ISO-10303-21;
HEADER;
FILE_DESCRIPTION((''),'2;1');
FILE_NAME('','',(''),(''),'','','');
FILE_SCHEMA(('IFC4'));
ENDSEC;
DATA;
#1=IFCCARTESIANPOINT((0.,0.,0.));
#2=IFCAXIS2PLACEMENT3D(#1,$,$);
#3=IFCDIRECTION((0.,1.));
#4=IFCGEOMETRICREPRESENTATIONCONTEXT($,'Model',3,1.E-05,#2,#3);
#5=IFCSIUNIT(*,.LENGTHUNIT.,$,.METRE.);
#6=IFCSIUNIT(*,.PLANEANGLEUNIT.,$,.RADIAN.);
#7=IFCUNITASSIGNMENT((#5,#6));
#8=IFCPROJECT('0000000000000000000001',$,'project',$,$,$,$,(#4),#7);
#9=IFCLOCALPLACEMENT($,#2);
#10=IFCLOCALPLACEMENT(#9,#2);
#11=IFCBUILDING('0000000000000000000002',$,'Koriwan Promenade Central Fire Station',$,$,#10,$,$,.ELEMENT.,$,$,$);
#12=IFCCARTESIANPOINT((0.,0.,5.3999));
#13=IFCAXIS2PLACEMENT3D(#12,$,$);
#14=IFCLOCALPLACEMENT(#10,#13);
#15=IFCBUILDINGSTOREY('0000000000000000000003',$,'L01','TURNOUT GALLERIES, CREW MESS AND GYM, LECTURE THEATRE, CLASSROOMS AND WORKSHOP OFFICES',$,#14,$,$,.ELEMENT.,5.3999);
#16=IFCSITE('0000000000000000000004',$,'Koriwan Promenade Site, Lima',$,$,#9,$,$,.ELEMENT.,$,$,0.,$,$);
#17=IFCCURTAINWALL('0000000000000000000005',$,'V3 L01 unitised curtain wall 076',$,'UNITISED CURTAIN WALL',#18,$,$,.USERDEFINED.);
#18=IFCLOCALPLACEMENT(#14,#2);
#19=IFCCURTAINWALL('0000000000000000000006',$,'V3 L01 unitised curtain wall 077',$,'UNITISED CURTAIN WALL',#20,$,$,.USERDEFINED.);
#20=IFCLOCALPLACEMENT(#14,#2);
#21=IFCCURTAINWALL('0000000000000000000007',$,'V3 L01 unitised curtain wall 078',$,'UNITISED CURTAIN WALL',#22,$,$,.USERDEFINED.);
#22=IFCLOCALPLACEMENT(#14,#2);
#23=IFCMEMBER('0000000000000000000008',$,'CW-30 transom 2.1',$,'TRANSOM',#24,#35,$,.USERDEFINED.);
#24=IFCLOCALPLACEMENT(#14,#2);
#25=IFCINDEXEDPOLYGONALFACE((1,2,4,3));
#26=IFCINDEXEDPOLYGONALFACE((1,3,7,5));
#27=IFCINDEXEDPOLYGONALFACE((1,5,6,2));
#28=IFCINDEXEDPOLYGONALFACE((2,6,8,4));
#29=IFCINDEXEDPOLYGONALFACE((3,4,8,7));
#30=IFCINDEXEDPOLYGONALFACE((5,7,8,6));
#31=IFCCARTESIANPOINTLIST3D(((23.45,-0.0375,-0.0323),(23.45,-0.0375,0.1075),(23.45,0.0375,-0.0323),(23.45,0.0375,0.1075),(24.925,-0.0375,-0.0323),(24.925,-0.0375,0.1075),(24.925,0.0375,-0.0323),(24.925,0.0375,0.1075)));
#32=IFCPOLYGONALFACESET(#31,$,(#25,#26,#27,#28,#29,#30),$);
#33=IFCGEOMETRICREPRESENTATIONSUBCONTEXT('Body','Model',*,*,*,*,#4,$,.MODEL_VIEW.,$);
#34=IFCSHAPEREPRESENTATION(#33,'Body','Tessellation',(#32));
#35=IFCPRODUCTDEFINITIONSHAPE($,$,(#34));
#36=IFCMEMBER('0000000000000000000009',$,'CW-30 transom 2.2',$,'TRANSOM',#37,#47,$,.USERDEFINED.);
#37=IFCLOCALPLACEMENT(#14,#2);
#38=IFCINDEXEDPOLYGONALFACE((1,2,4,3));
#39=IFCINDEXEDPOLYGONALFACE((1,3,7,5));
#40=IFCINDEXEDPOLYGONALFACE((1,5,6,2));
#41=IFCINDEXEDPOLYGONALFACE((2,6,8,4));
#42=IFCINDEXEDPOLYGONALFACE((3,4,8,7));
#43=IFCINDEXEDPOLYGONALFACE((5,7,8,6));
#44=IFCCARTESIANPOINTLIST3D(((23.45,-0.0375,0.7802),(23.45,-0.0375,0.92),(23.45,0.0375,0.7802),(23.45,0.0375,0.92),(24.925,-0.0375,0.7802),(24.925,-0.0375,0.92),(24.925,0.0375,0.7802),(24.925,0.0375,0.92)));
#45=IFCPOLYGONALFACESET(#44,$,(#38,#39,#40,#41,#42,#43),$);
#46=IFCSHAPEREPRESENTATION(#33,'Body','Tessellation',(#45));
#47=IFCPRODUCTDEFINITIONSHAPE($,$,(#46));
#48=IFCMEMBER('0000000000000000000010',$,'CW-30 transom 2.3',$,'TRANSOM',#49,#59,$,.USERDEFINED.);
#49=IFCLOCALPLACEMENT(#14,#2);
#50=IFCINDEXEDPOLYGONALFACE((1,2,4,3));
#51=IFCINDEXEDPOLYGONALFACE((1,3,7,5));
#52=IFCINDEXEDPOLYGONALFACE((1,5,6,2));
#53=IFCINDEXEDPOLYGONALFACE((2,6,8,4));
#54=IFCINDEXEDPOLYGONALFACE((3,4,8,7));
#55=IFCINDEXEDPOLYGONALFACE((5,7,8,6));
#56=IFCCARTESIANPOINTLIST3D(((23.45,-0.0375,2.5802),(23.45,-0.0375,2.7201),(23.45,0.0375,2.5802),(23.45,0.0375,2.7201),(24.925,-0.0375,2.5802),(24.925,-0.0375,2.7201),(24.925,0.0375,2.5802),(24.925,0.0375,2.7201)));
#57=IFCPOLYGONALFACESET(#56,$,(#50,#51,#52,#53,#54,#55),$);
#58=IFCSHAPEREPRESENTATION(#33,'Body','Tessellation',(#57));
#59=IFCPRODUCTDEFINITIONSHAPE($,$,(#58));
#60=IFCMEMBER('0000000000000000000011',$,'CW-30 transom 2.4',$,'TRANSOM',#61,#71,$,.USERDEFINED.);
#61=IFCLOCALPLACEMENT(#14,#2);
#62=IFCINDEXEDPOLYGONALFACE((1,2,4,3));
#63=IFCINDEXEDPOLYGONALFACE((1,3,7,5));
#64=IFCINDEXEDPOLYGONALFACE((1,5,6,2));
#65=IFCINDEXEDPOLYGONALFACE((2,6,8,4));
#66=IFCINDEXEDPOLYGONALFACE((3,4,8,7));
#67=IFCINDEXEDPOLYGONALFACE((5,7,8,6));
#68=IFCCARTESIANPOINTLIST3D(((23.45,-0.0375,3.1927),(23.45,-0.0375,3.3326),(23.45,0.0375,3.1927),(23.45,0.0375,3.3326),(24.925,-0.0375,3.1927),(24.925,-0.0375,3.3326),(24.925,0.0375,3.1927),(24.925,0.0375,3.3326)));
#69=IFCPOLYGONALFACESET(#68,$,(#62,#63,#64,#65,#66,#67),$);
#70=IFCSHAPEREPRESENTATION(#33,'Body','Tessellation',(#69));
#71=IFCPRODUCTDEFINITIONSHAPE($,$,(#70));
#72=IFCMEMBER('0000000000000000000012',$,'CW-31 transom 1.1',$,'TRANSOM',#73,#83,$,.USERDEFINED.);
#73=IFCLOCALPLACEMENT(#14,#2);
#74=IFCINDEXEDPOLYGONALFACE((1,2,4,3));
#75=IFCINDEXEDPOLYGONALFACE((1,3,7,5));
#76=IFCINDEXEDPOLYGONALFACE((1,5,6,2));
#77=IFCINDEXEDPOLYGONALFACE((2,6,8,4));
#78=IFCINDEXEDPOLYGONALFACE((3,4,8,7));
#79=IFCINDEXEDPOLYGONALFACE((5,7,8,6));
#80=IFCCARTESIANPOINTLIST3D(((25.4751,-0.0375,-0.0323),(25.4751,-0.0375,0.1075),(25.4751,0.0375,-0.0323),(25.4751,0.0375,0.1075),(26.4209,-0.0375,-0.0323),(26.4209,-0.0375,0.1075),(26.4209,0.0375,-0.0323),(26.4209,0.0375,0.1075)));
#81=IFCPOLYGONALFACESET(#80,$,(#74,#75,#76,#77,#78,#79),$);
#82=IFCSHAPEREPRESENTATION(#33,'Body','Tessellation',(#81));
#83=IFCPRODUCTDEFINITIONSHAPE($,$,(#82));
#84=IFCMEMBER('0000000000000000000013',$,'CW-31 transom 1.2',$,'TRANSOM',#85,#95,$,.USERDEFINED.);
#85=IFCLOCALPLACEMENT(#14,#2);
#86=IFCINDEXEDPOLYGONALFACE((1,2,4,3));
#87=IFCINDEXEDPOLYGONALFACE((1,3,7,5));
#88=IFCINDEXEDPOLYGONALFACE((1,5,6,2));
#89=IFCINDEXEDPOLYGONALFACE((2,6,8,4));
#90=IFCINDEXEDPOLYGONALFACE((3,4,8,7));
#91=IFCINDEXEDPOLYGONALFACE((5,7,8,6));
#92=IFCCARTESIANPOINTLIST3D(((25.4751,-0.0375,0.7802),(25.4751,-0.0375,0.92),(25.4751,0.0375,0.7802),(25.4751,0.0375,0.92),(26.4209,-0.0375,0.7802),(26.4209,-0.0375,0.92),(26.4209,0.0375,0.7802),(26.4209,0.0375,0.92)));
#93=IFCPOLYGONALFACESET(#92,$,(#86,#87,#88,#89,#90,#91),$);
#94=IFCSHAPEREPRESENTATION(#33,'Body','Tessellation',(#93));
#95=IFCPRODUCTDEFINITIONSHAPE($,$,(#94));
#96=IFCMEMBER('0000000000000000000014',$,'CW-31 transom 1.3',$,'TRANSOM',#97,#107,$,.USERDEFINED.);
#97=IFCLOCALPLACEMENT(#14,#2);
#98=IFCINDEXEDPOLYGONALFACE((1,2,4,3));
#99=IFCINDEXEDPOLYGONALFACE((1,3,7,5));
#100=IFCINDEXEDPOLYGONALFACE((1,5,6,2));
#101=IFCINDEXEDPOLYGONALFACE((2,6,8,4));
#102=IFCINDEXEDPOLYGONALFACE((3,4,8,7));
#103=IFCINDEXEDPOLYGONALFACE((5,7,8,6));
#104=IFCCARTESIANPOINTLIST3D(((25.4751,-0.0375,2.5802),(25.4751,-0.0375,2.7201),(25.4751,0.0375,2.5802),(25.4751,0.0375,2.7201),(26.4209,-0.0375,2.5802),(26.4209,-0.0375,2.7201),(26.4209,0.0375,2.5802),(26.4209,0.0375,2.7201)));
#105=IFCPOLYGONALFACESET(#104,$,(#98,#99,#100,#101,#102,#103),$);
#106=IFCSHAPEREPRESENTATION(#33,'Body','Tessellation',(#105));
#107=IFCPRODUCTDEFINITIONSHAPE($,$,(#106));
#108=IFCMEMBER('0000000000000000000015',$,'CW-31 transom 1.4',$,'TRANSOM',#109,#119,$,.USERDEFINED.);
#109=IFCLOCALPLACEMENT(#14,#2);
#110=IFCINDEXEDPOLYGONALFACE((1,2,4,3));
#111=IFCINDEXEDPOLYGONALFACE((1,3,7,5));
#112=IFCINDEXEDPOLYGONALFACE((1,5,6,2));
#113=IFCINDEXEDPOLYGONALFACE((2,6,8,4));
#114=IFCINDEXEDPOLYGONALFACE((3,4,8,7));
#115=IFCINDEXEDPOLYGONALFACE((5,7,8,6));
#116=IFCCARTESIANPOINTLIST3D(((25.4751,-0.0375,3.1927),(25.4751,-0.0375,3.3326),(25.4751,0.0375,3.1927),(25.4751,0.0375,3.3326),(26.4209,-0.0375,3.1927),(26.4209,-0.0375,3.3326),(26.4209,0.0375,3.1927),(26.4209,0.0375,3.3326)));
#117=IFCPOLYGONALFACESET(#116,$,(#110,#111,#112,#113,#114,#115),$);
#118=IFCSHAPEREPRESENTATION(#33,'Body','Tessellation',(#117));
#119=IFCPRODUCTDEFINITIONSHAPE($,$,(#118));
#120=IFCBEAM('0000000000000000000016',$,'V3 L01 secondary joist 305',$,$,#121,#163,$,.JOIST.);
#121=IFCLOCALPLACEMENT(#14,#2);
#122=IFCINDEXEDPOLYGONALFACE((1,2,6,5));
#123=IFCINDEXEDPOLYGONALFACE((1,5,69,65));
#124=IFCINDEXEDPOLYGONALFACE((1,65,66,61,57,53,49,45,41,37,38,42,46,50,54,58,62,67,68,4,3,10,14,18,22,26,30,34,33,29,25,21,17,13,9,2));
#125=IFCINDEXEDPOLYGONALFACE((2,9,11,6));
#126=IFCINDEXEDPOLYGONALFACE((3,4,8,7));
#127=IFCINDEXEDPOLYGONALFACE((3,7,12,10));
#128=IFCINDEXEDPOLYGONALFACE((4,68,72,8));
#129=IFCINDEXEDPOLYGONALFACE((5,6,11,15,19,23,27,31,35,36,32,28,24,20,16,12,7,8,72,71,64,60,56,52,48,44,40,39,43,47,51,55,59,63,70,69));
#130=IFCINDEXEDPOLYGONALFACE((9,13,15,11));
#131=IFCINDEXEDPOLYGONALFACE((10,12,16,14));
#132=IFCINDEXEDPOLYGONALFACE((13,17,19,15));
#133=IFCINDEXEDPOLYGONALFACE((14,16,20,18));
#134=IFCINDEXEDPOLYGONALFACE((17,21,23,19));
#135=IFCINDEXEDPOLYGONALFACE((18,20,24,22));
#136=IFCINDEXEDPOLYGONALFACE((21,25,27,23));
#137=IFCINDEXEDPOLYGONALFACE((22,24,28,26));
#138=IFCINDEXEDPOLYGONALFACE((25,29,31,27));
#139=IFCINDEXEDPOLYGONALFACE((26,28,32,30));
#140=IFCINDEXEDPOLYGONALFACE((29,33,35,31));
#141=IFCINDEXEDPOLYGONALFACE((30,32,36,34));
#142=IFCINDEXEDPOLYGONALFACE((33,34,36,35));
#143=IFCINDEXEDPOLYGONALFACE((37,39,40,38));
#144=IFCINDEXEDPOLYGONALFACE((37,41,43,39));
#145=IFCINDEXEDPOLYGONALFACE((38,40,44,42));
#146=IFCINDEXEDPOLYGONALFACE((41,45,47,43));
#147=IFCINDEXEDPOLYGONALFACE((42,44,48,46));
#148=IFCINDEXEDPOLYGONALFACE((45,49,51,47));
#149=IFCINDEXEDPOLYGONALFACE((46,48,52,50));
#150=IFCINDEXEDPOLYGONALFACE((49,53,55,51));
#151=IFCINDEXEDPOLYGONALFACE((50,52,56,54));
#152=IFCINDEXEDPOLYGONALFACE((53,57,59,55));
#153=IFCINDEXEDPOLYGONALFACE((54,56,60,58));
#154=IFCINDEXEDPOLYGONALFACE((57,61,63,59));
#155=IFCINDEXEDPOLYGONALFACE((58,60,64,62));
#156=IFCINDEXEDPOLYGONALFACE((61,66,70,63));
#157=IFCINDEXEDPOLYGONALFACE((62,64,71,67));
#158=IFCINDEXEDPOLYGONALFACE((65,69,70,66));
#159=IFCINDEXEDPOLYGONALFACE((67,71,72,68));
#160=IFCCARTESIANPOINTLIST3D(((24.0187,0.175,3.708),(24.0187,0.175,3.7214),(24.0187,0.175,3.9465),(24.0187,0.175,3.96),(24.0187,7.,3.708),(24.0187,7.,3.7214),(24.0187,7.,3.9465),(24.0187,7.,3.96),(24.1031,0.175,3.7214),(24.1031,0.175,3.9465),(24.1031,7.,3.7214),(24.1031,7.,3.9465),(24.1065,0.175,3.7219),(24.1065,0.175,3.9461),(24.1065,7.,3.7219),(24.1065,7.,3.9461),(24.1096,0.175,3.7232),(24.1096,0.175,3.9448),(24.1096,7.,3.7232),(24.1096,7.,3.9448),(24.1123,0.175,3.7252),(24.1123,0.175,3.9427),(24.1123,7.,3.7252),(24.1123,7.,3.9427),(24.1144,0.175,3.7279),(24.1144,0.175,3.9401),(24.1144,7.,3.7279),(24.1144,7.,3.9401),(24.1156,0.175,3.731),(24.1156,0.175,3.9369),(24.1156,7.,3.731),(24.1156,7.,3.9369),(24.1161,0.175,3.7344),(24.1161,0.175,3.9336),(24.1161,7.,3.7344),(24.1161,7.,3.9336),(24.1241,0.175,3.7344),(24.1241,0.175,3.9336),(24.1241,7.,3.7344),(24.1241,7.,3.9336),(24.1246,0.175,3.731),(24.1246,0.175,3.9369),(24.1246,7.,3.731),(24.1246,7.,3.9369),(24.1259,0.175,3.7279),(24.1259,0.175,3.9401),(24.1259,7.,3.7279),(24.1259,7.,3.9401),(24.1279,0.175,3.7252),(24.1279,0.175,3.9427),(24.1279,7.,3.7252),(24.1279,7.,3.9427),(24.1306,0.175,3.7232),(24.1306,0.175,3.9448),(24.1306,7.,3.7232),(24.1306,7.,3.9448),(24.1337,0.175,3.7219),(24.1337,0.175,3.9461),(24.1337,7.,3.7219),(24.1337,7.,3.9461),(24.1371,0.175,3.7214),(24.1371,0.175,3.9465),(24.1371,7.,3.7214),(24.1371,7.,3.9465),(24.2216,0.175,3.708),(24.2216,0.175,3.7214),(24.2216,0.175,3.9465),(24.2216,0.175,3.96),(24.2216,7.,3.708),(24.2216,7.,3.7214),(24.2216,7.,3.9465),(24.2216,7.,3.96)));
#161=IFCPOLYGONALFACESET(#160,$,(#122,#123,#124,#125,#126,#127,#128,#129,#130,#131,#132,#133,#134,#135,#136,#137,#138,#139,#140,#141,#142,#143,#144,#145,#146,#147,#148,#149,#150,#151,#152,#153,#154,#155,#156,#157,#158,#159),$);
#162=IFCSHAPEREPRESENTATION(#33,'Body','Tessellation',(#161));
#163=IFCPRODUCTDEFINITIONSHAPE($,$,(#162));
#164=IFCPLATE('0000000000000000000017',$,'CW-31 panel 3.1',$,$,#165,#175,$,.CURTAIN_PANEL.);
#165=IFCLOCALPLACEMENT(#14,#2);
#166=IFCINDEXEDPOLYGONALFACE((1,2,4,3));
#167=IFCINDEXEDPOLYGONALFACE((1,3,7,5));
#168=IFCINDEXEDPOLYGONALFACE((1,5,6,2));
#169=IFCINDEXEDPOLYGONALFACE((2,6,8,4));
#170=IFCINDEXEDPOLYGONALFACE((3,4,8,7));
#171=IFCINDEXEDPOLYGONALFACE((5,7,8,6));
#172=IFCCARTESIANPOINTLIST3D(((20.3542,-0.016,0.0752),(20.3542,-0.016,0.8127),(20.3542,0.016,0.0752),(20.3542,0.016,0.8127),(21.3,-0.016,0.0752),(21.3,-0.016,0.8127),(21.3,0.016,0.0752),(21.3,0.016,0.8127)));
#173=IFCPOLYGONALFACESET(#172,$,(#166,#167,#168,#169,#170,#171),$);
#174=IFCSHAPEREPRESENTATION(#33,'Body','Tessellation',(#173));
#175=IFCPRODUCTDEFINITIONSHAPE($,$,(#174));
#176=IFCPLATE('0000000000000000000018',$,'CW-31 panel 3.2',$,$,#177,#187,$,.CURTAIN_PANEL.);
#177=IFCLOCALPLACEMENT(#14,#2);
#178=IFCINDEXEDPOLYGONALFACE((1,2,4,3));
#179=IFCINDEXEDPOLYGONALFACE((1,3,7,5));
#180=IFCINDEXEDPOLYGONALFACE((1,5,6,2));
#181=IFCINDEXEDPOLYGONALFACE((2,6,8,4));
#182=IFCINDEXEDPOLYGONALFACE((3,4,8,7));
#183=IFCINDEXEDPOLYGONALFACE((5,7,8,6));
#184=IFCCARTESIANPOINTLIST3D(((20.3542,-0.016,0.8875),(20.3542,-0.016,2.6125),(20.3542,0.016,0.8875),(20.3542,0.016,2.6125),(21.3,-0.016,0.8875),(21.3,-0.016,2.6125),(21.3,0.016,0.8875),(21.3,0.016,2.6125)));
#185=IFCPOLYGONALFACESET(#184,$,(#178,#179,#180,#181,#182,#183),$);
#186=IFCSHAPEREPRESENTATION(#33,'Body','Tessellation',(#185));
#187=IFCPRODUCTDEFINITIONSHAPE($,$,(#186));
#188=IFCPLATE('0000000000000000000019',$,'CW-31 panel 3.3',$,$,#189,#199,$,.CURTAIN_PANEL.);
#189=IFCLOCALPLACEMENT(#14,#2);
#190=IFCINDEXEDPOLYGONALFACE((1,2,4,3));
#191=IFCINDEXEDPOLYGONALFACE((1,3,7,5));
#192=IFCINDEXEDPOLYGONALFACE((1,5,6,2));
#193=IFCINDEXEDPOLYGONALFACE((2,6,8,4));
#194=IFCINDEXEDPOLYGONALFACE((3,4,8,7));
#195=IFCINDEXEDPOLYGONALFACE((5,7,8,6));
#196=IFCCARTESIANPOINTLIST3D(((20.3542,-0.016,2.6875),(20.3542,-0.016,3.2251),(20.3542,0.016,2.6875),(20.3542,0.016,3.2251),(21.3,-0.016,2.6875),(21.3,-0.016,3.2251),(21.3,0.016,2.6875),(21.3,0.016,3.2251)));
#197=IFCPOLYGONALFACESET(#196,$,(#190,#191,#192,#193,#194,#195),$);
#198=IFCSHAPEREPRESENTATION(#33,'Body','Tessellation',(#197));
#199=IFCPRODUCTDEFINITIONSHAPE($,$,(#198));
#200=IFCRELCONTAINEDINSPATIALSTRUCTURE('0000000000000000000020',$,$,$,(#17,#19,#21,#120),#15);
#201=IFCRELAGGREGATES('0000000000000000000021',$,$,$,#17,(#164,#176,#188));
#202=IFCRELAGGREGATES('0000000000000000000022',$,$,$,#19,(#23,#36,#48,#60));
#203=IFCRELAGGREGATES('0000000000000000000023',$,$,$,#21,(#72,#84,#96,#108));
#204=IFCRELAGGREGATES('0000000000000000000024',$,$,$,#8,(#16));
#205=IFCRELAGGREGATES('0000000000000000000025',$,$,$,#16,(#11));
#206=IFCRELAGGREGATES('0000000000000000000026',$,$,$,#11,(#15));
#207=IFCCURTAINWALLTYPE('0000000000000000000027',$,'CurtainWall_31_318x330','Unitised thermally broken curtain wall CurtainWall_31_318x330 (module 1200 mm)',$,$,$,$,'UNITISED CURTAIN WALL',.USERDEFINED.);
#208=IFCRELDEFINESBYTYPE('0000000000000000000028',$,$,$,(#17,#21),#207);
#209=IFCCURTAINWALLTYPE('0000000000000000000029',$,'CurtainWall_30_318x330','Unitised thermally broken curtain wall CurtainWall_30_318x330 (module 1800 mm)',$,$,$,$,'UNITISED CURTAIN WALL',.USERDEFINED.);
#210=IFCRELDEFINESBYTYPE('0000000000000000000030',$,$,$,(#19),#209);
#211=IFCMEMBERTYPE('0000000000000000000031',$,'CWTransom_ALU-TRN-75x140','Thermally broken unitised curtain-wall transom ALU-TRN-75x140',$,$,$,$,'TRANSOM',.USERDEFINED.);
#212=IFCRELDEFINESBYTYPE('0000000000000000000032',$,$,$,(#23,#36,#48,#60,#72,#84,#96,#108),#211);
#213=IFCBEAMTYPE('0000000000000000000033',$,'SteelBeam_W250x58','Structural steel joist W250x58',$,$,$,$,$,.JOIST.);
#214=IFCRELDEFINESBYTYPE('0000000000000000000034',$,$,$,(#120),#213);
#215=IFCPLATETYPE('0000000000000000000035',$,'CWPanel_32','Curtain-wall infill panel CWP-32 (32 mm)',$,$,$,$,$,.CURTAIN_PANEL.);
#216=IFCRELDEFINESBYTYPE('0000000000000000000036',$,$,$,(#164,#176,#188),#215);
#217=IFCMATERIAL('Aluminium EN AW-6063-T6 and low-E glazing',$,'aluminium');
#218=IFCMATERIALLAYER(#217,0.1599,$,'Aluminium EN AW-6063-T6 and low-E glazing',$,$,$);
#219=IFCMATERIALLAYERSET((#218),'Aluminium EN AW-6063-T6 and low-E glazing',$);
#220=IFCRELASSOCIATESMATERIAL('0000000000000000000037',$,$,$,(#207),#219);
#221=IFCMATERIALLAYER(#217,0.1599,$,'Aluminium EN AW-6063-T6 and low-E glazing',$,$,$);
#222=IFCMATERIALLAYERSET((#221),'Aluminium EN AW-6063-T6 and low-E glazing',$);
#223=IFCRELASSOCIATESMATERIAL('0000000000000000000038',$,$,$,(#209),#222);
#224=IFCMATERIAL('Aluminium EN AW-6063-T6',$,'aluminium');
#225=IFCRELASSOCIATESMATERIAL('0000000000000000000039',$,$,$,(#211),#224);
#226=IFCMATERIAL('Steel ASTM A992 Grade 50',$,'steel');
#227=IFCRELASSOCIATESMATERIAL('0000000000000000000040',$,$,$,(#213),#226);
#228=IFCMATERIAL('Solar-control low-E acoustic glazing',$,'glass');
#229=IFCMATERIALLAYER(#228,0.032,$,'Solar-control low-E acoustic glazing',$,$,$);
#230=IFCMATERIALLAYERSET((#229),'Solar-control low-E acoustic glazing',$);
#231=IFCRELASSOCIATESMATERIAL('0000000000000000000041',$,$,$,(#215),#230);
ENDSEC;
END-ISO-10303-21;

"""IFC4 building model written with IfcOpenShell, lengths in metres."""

from ifc_helpers import new_model, si_unit, direction, frame, origin, origin_2d, place, context, subcontext, project, spatial, rectangle, i_section, extrude, material, layer, layer_set, material_profile, profile_set, type_object, element, aggregate, save


model = new_model("IFC4")

# Units and contexts
model_context = context("Model", 3, precision=1e-05, world=origin(), true_north=direction((0.0, 1.0)))
body_context = subcontext(model_context, "Body", "Model", "MODEL_VIEW")
ifc_project = project(units=[si_unit("LENGTHUNIT", "METRE"), si_unit("PLANEANGLEUNIT", "RADIAN")], contexts=[model_context])

# Site, building, storey
site_placement = place(None, origin())
site = spatial("IfcSite", under=ifc_project, at=site_placement, Name="Koriwan Promenade Site, Lima", CompositionType="ELEMENT", RefElevation=0.0)
building_placement = place(site_placement, origin())
building = spatial("IfcBuilding", under=site, at=building_placement, Name="Koriwan Promenade Central Fire Station", CompositionType="ELEMENT")
storey_placement = place(building_placement, frame((0.0, 0.0, 5.3999)))
storey = spatial("IfcBuildingStorey", under=building, at=storey_placement, Name="L01", Description="TURNOUT GALLERIES, CREW MESS AND GYM, LECTURE THEATRE, CLASSROOMS AND WORKSHOP OFFICES", CompositionType="ELEMENT", Elevation=5.3999)

# Curtain wall
ifc_material_1 = material(Name="Aluminium EN AW-6063-T6 and low-E glazing", Category="aluminium")
ifc_layer_1 = layer(ifc_material_1, 0.1599, Name="Aluminium EN AW-6063-T6 and low-E glazing")
ifc_layer_set_1 = layer_set([ifc_layer_1], Name="Aluminium EN AW-6063-T6 and low-E glazing")
curtain_wall_type_1 = type_object("IfcCurtainWallType", Name="CurtainWall_31_318x330", Description="Unitised thermally broken curtain wall CurtainWall_31_318x330 (module 1200 mm)", ElementType="UNITISED CURTAIN WALL", PredefinedType="USERDEFINED", material=ifc_layer_set_1)
curtain_wall_1_placement = place(storey_placement, origin())
curtain_wall_1 = element("IfcCurtainWall", 1, at=curtain_wall_1_placement, inside=storey, type_object=curtain_wall_type_1, Name="V3 L01 unitised curtain wall 076", ObjectType="UNITISED CURTAIN WALL", PredefinedType="USERDEFINED")
ifc_material_2 = material(Name="Aluminium EN AW-6063-T6", Category="aluminium")

# Curtain wall
ifc_layer_2 = layer(ifc_material_1, 0.1599, Name="Aluminium EN AW-6063-T6 and low-E glazing")
ifc_layer_set_2 = layer_set([ifc_layer_2], Name="Aluminium EN AW-6063-T6 and low-E glazing")
curtain_wall_type_2 = type_object("IfcCurtainWallType", Name="CurtainWall_30_318x330", Description="Unitised thermally broken curtain wall CurtainWall_30_318x330 (module 1800 mm)", ElementType="UNITISED CURTAIN WALL", PredefinedType="USERDEFINED", material=ifc_layer_set_2)
curtain_wall_2_placement = place(storey_placement, origin())
curtain_wall_2 = element("IfcCurtainWall", 2, at=curtain_wall_2_placement, inside=storey, type_object=curtain_wall_type_2, Name="V3 L01 unitised curtain wall 077", ObjectType="UNITISED CURTAIN WALL", PredefinedType="USERDEFINED")

# Curtain wall
curtain_wall_3_placement = place(storey_placement, origin())
curtain_wall_3 = element("IfcCurtainWall", 3, at=curtain_wall_3_placement, inside=storey, type_object=curtain_wall_type_1, Name="V3 L01 unitised curtain wall 078", ObjectType="UNITISED CURTAIN WALL", PredefinedType="USERDEFINED")

# Members
ifc_material_profile_1 = material_profile(ifc_material_2, rectangle(XDim=0.075, YDim=0.1399, at=origin_2d()), Name="ALU-TRN-75x140")
ifc_profile_set_1 = profile_set([ifc_material_profile_1], Name="Aluminium EN AW-6063-T6")
member_type_1 = type_object("IfcMemberType", Name="CWTransom_ALU-TRN-75x140", Description="Thermally broken unitised curtain-wall transom ALU-TRN-75x140", ElementType="TRANSOM", PredefinedType="USERDEFINED", material=ifc_profile_set_1)
member_1_placement = place(storey_placement, frame((23.45, 0.0, 0.0376), z_axis=(1.0, 0.0, 0.0), x_axis=(0.0, 1.0, 0.0)))
member_1 = element("IfcMember", 4, at=member_1_placement, type_object=member_type_1, Name="CW-30 transom 2.1", ObjectType="TRANSOM", PredefinedType="USERDEFINED", context=body_context, shape_type="SweptSolid", body=[
    extrude(rectangle(XDim=0.075, YDim=0.1399, at=origin_2d()), origin(), (0.0, 0.0, 1.0), 1.4751),
])
member_2_placement = place(storey_placement, frame((23.45, 0.0, 0.8501), z_axis=(1.0, 0.0, 0.0), x_axis=(0.0, 1.0, 0.0)))
member_2 = element("IfcMember", 5, at=member_2_placement, type_object=member_type_1, Name="CW-30 transom 2.2", ObjectType="TRANSOM", PredefinedType="USERDEFINED", context=body_context, shape_type="SweptSolid", body=[
    extrude(rectangle(XDim=0.075, YDim=0.1399, at=origin_2d()), origin(), (0.0, 0.0, 1.0), 1.4751),
])
member_3_placement = place(storey_placement, frame((23.45, 0.0, 2.6501), z_axis=(1.0, 0.0, 0.0), x_axis=(0.0, 1.0, 0.0)))
member_3 = element("IfcMember", 6, at=member_3_placement, type_object=member_type_1, Name="CW-30 transom 2.3", ObjectType="TRANSOM", PredefinedType="USERDEFINED", context=body_context, shape_type="SweptSolid", body=[
    extrude(rectangle(XDim=0.075, YDim=0.1399, at=origin_2d()), origin(), (0.0, 0.0, 1.0), 1.4751),
])
member_4_placement = place(storey_placement, frame((23.45, 0.0, 3.2627), z_axis=(1.0, 0.0, 0.0), x_axis=(0.0, 1.0, 0.0)))
member_4 = element("IfcMember", 7, at=member_4_placement, type_object=member_type_1, Name="CW-30 transom 2.4", ObjectType="TRANSOM", PredefinedType="USERDEFINED", context=body_context, shape_type="SweptSolid", body=[
    extrude(rectangle(XDim=0.075, YDim=0.1399, at=origin_2d()), origin(), (0.0, 0.0, 1.0), 1.4751),
])
member_5_placement = place(storey_placement, frame((25.4751, 0.0, 0.0376), z_axis=(1.0, 0.0, 0.0), x_axis=(0.0, 1.0, 0.0)))
member_5 = element("IfcMember", 8, at=member_5_placement, type_object=member_type_1, Name="CW-31 transom 1.1", ObjectType="TRANSOM", PredefinedType="USERDEFINED", context=body_context, shape_type="SweptSolid", body=[
    extrude(rectangle(XDim=0.075, YDim=0.1399, at=origin_2d()), origin(), (0.0, 0.0, 1.0), 0.9458),
])
member_6_placement = place(storey_placement, frame((25.4751, 0.0, 0.8501), z_axis=(1.0, 0.0, 0.0), x_axis=(0.0, 1.0, 0.0)))
member_6 = element("IfcMember", 9, at=member_6_placement, type_object=member_type_1, Name="CW-31 transom 1.2", ObjectType="TRANSOM", PredefinedType="USERDEFINED", context=body_context, shape_type="SweptSolid", body=[
    extrude(rectangle(XDim=0.075, YDim=0.1399, at=origin_2d()), origin(), (0.0, 0.0, 1.0), 0.9458),
])
member_7_placement = place(storey_placement, frame((25.4751, 0.0, 2.6501), z_axis=(1.0, 0.0, 0.0), x_axis=(0.0, 1.0, 0.0)))
member_7 = element("IfcMember", 10, at=member_7_placement, type_object=member_type_1, Name="CW-31 transom 1.3", ObjectType="TRANSOM", PredefinedType="USERDEFINED", context=body_context, shape_type="SweptSolid", body=[
    extrude(rectangle(XDim=0.075, YDim=0.1399, at=origin_2d()), origin(), (0.0, 0.0, 1.0), 0.9458),
])
member_8_placement = place(storey_placement, frame((25.4751, 0.0, 3.2627), z_axis=(1.0, 0.0, 0.0), x_axis=(0.0, 1.0, 0.0)))
member_8 = element("IfcMember", 11, at=member_8_placement, type_object=member_type_1, Name="CW-31 transom 1.4", ObjectType="TRANSOM", PredefinedType="USERDEFINED", context=body_context, shape_type="SweptSolid", body=[
    extrude(rectangle(XDim=0.075, YDim=0.1399, at=origin_2d()), origin(), (0.0, 0.0, 1.0), 0.9458),
])

# Beam
ifc_material_3 = material(Name="Steel ASTM A992 Grade 50", Category="steel")
ifc_material_profile_2 = material_profile(ifc_material_3, i_section(OverallWidth=0.2029, OverallDepth=0.252, WebThickness=0.0081, FlangeThickness=0.0134, FilletRadius=0.0129, at=origin_2d()), Name="W250x58")
ifc_profile_set_2 = profile_set([ifc_material_profile_2], Name="Steel ASTM A992 Grade 50")
beam_type_1 = type_object("IfcBeamType", Name="SteelBeam_W250x58", Description="Structural steel joist W250x58", PredefinedType="JOIST", material=ifc_profile_set_2)
beam_1_placement = place(storey_placement, frame((24.1201, 0.175, 3.834), z_axis=(0.0, 1.0, 0.0), x_axis=(-1.0, 0.0, 0.0)))
element("IfcBeam", 12, at=beam_1_placement, inside=storey, type_object=beam_type_1, Name="V3 L01 secondary joist 305", PredefinedType="JOIST", context=body_context, shape_type="SweptSolid", body=[
    extrude(i_section(OverallWidth=0.2029, OverallDepth=0.252, WebThickness=0.0081, FlangeThickness=0.0134, FilletRadius=0.0129, at=origin_2d()), origin(), (0.0, 0.0, 1.0), 6.825),
])

# Plates
ifc_material_4 = material(Name="Solar-control low-E acoustic glazing", Category="glass")
ifc_layer_3 = layer(ifc_material_4, 0.032, Name="Solar-control low-E acoustic glazing")
ifc_layer_set_3 = layer_set([ifc_layer_3], Name="Solar-control low-E acoustic glazing")
plate_type = type_object("IfcPlateType", Name="CWPanel_32", Description="Curtain-wall infill panel CWP-32 (32 mm)", PredefinedType="CURTAIN_PANEL", material=ifc_layer_set_3)
plate_1_placement = place(storey_placement, frame((20.8271, 0.0, 0.0752), z_axis=(0.0, 0.0, 1.0), x_axis=(1.0, 0.0, 0.0)))
plate_1 = element("IfcPlate", 13, at=plate_1_placement, type_object=plate_type, Name="CW-31 panel 3.1", PredefinedType="CURTAIN_PANEL", context=body_context, shape_type="SweptSolid", body=[
    extrude(rectangle(XDim=0.9458, YDim=0.032, at=origin_2d()), origin(), (0.0, 0.0, 1.0), 0.7375),
])
plate_2_placement = place(storey_placement, frame((20.8271, 0.0, 0.8875), z_axis=(0.0, 0.0, 1.0), x_axis=(1.0, 0.0, 0.0)))
plate_2 = element("IfcPlate", 14, at=plate_2_placement, type_object=plate_type, Name="CW-31 panel 3.2", PredefinedType="CURTAIN_PANEL", context=body_context, shape_type="SweptSolid", body=[
    extrude(rectangle(XDim=0.9458, YDim=0.032, at=origin_2d()), origin(), (0.0, 0.0, 1.0), 1.7251),
])
plate_3_placement = place(storey_placement, frame((20.8271, 0.0, 2.6875), z_axis=(0.0, 0.0, 1.0), x_axis=(1.0, 0.0, 0.0)))
plate_3 = element("IfcPlate", 15, at=plate_3_placement, type_object=plate_type, Name="CW-31 panel 3.3", PredefinedType="CURTAIN_PANEL", context=body_context, shape_type="SweptSolid", body=[
    extrude(rectangle(XDim=0.9458, YDim=0.032, at=origin_2d()), origin(), (0.0, 0.0, 1.0), 0.5376),
])
aggregate(curtain_wall_1, [plate_1, plate_2, plate_3])
aggregate(curtain_wall_2, [member_1, member_2, member_3, member_4])
aggregate(curtain_wall_3, [member_5, member_6, member_7, member_8])

save(model, "model.ifc")
